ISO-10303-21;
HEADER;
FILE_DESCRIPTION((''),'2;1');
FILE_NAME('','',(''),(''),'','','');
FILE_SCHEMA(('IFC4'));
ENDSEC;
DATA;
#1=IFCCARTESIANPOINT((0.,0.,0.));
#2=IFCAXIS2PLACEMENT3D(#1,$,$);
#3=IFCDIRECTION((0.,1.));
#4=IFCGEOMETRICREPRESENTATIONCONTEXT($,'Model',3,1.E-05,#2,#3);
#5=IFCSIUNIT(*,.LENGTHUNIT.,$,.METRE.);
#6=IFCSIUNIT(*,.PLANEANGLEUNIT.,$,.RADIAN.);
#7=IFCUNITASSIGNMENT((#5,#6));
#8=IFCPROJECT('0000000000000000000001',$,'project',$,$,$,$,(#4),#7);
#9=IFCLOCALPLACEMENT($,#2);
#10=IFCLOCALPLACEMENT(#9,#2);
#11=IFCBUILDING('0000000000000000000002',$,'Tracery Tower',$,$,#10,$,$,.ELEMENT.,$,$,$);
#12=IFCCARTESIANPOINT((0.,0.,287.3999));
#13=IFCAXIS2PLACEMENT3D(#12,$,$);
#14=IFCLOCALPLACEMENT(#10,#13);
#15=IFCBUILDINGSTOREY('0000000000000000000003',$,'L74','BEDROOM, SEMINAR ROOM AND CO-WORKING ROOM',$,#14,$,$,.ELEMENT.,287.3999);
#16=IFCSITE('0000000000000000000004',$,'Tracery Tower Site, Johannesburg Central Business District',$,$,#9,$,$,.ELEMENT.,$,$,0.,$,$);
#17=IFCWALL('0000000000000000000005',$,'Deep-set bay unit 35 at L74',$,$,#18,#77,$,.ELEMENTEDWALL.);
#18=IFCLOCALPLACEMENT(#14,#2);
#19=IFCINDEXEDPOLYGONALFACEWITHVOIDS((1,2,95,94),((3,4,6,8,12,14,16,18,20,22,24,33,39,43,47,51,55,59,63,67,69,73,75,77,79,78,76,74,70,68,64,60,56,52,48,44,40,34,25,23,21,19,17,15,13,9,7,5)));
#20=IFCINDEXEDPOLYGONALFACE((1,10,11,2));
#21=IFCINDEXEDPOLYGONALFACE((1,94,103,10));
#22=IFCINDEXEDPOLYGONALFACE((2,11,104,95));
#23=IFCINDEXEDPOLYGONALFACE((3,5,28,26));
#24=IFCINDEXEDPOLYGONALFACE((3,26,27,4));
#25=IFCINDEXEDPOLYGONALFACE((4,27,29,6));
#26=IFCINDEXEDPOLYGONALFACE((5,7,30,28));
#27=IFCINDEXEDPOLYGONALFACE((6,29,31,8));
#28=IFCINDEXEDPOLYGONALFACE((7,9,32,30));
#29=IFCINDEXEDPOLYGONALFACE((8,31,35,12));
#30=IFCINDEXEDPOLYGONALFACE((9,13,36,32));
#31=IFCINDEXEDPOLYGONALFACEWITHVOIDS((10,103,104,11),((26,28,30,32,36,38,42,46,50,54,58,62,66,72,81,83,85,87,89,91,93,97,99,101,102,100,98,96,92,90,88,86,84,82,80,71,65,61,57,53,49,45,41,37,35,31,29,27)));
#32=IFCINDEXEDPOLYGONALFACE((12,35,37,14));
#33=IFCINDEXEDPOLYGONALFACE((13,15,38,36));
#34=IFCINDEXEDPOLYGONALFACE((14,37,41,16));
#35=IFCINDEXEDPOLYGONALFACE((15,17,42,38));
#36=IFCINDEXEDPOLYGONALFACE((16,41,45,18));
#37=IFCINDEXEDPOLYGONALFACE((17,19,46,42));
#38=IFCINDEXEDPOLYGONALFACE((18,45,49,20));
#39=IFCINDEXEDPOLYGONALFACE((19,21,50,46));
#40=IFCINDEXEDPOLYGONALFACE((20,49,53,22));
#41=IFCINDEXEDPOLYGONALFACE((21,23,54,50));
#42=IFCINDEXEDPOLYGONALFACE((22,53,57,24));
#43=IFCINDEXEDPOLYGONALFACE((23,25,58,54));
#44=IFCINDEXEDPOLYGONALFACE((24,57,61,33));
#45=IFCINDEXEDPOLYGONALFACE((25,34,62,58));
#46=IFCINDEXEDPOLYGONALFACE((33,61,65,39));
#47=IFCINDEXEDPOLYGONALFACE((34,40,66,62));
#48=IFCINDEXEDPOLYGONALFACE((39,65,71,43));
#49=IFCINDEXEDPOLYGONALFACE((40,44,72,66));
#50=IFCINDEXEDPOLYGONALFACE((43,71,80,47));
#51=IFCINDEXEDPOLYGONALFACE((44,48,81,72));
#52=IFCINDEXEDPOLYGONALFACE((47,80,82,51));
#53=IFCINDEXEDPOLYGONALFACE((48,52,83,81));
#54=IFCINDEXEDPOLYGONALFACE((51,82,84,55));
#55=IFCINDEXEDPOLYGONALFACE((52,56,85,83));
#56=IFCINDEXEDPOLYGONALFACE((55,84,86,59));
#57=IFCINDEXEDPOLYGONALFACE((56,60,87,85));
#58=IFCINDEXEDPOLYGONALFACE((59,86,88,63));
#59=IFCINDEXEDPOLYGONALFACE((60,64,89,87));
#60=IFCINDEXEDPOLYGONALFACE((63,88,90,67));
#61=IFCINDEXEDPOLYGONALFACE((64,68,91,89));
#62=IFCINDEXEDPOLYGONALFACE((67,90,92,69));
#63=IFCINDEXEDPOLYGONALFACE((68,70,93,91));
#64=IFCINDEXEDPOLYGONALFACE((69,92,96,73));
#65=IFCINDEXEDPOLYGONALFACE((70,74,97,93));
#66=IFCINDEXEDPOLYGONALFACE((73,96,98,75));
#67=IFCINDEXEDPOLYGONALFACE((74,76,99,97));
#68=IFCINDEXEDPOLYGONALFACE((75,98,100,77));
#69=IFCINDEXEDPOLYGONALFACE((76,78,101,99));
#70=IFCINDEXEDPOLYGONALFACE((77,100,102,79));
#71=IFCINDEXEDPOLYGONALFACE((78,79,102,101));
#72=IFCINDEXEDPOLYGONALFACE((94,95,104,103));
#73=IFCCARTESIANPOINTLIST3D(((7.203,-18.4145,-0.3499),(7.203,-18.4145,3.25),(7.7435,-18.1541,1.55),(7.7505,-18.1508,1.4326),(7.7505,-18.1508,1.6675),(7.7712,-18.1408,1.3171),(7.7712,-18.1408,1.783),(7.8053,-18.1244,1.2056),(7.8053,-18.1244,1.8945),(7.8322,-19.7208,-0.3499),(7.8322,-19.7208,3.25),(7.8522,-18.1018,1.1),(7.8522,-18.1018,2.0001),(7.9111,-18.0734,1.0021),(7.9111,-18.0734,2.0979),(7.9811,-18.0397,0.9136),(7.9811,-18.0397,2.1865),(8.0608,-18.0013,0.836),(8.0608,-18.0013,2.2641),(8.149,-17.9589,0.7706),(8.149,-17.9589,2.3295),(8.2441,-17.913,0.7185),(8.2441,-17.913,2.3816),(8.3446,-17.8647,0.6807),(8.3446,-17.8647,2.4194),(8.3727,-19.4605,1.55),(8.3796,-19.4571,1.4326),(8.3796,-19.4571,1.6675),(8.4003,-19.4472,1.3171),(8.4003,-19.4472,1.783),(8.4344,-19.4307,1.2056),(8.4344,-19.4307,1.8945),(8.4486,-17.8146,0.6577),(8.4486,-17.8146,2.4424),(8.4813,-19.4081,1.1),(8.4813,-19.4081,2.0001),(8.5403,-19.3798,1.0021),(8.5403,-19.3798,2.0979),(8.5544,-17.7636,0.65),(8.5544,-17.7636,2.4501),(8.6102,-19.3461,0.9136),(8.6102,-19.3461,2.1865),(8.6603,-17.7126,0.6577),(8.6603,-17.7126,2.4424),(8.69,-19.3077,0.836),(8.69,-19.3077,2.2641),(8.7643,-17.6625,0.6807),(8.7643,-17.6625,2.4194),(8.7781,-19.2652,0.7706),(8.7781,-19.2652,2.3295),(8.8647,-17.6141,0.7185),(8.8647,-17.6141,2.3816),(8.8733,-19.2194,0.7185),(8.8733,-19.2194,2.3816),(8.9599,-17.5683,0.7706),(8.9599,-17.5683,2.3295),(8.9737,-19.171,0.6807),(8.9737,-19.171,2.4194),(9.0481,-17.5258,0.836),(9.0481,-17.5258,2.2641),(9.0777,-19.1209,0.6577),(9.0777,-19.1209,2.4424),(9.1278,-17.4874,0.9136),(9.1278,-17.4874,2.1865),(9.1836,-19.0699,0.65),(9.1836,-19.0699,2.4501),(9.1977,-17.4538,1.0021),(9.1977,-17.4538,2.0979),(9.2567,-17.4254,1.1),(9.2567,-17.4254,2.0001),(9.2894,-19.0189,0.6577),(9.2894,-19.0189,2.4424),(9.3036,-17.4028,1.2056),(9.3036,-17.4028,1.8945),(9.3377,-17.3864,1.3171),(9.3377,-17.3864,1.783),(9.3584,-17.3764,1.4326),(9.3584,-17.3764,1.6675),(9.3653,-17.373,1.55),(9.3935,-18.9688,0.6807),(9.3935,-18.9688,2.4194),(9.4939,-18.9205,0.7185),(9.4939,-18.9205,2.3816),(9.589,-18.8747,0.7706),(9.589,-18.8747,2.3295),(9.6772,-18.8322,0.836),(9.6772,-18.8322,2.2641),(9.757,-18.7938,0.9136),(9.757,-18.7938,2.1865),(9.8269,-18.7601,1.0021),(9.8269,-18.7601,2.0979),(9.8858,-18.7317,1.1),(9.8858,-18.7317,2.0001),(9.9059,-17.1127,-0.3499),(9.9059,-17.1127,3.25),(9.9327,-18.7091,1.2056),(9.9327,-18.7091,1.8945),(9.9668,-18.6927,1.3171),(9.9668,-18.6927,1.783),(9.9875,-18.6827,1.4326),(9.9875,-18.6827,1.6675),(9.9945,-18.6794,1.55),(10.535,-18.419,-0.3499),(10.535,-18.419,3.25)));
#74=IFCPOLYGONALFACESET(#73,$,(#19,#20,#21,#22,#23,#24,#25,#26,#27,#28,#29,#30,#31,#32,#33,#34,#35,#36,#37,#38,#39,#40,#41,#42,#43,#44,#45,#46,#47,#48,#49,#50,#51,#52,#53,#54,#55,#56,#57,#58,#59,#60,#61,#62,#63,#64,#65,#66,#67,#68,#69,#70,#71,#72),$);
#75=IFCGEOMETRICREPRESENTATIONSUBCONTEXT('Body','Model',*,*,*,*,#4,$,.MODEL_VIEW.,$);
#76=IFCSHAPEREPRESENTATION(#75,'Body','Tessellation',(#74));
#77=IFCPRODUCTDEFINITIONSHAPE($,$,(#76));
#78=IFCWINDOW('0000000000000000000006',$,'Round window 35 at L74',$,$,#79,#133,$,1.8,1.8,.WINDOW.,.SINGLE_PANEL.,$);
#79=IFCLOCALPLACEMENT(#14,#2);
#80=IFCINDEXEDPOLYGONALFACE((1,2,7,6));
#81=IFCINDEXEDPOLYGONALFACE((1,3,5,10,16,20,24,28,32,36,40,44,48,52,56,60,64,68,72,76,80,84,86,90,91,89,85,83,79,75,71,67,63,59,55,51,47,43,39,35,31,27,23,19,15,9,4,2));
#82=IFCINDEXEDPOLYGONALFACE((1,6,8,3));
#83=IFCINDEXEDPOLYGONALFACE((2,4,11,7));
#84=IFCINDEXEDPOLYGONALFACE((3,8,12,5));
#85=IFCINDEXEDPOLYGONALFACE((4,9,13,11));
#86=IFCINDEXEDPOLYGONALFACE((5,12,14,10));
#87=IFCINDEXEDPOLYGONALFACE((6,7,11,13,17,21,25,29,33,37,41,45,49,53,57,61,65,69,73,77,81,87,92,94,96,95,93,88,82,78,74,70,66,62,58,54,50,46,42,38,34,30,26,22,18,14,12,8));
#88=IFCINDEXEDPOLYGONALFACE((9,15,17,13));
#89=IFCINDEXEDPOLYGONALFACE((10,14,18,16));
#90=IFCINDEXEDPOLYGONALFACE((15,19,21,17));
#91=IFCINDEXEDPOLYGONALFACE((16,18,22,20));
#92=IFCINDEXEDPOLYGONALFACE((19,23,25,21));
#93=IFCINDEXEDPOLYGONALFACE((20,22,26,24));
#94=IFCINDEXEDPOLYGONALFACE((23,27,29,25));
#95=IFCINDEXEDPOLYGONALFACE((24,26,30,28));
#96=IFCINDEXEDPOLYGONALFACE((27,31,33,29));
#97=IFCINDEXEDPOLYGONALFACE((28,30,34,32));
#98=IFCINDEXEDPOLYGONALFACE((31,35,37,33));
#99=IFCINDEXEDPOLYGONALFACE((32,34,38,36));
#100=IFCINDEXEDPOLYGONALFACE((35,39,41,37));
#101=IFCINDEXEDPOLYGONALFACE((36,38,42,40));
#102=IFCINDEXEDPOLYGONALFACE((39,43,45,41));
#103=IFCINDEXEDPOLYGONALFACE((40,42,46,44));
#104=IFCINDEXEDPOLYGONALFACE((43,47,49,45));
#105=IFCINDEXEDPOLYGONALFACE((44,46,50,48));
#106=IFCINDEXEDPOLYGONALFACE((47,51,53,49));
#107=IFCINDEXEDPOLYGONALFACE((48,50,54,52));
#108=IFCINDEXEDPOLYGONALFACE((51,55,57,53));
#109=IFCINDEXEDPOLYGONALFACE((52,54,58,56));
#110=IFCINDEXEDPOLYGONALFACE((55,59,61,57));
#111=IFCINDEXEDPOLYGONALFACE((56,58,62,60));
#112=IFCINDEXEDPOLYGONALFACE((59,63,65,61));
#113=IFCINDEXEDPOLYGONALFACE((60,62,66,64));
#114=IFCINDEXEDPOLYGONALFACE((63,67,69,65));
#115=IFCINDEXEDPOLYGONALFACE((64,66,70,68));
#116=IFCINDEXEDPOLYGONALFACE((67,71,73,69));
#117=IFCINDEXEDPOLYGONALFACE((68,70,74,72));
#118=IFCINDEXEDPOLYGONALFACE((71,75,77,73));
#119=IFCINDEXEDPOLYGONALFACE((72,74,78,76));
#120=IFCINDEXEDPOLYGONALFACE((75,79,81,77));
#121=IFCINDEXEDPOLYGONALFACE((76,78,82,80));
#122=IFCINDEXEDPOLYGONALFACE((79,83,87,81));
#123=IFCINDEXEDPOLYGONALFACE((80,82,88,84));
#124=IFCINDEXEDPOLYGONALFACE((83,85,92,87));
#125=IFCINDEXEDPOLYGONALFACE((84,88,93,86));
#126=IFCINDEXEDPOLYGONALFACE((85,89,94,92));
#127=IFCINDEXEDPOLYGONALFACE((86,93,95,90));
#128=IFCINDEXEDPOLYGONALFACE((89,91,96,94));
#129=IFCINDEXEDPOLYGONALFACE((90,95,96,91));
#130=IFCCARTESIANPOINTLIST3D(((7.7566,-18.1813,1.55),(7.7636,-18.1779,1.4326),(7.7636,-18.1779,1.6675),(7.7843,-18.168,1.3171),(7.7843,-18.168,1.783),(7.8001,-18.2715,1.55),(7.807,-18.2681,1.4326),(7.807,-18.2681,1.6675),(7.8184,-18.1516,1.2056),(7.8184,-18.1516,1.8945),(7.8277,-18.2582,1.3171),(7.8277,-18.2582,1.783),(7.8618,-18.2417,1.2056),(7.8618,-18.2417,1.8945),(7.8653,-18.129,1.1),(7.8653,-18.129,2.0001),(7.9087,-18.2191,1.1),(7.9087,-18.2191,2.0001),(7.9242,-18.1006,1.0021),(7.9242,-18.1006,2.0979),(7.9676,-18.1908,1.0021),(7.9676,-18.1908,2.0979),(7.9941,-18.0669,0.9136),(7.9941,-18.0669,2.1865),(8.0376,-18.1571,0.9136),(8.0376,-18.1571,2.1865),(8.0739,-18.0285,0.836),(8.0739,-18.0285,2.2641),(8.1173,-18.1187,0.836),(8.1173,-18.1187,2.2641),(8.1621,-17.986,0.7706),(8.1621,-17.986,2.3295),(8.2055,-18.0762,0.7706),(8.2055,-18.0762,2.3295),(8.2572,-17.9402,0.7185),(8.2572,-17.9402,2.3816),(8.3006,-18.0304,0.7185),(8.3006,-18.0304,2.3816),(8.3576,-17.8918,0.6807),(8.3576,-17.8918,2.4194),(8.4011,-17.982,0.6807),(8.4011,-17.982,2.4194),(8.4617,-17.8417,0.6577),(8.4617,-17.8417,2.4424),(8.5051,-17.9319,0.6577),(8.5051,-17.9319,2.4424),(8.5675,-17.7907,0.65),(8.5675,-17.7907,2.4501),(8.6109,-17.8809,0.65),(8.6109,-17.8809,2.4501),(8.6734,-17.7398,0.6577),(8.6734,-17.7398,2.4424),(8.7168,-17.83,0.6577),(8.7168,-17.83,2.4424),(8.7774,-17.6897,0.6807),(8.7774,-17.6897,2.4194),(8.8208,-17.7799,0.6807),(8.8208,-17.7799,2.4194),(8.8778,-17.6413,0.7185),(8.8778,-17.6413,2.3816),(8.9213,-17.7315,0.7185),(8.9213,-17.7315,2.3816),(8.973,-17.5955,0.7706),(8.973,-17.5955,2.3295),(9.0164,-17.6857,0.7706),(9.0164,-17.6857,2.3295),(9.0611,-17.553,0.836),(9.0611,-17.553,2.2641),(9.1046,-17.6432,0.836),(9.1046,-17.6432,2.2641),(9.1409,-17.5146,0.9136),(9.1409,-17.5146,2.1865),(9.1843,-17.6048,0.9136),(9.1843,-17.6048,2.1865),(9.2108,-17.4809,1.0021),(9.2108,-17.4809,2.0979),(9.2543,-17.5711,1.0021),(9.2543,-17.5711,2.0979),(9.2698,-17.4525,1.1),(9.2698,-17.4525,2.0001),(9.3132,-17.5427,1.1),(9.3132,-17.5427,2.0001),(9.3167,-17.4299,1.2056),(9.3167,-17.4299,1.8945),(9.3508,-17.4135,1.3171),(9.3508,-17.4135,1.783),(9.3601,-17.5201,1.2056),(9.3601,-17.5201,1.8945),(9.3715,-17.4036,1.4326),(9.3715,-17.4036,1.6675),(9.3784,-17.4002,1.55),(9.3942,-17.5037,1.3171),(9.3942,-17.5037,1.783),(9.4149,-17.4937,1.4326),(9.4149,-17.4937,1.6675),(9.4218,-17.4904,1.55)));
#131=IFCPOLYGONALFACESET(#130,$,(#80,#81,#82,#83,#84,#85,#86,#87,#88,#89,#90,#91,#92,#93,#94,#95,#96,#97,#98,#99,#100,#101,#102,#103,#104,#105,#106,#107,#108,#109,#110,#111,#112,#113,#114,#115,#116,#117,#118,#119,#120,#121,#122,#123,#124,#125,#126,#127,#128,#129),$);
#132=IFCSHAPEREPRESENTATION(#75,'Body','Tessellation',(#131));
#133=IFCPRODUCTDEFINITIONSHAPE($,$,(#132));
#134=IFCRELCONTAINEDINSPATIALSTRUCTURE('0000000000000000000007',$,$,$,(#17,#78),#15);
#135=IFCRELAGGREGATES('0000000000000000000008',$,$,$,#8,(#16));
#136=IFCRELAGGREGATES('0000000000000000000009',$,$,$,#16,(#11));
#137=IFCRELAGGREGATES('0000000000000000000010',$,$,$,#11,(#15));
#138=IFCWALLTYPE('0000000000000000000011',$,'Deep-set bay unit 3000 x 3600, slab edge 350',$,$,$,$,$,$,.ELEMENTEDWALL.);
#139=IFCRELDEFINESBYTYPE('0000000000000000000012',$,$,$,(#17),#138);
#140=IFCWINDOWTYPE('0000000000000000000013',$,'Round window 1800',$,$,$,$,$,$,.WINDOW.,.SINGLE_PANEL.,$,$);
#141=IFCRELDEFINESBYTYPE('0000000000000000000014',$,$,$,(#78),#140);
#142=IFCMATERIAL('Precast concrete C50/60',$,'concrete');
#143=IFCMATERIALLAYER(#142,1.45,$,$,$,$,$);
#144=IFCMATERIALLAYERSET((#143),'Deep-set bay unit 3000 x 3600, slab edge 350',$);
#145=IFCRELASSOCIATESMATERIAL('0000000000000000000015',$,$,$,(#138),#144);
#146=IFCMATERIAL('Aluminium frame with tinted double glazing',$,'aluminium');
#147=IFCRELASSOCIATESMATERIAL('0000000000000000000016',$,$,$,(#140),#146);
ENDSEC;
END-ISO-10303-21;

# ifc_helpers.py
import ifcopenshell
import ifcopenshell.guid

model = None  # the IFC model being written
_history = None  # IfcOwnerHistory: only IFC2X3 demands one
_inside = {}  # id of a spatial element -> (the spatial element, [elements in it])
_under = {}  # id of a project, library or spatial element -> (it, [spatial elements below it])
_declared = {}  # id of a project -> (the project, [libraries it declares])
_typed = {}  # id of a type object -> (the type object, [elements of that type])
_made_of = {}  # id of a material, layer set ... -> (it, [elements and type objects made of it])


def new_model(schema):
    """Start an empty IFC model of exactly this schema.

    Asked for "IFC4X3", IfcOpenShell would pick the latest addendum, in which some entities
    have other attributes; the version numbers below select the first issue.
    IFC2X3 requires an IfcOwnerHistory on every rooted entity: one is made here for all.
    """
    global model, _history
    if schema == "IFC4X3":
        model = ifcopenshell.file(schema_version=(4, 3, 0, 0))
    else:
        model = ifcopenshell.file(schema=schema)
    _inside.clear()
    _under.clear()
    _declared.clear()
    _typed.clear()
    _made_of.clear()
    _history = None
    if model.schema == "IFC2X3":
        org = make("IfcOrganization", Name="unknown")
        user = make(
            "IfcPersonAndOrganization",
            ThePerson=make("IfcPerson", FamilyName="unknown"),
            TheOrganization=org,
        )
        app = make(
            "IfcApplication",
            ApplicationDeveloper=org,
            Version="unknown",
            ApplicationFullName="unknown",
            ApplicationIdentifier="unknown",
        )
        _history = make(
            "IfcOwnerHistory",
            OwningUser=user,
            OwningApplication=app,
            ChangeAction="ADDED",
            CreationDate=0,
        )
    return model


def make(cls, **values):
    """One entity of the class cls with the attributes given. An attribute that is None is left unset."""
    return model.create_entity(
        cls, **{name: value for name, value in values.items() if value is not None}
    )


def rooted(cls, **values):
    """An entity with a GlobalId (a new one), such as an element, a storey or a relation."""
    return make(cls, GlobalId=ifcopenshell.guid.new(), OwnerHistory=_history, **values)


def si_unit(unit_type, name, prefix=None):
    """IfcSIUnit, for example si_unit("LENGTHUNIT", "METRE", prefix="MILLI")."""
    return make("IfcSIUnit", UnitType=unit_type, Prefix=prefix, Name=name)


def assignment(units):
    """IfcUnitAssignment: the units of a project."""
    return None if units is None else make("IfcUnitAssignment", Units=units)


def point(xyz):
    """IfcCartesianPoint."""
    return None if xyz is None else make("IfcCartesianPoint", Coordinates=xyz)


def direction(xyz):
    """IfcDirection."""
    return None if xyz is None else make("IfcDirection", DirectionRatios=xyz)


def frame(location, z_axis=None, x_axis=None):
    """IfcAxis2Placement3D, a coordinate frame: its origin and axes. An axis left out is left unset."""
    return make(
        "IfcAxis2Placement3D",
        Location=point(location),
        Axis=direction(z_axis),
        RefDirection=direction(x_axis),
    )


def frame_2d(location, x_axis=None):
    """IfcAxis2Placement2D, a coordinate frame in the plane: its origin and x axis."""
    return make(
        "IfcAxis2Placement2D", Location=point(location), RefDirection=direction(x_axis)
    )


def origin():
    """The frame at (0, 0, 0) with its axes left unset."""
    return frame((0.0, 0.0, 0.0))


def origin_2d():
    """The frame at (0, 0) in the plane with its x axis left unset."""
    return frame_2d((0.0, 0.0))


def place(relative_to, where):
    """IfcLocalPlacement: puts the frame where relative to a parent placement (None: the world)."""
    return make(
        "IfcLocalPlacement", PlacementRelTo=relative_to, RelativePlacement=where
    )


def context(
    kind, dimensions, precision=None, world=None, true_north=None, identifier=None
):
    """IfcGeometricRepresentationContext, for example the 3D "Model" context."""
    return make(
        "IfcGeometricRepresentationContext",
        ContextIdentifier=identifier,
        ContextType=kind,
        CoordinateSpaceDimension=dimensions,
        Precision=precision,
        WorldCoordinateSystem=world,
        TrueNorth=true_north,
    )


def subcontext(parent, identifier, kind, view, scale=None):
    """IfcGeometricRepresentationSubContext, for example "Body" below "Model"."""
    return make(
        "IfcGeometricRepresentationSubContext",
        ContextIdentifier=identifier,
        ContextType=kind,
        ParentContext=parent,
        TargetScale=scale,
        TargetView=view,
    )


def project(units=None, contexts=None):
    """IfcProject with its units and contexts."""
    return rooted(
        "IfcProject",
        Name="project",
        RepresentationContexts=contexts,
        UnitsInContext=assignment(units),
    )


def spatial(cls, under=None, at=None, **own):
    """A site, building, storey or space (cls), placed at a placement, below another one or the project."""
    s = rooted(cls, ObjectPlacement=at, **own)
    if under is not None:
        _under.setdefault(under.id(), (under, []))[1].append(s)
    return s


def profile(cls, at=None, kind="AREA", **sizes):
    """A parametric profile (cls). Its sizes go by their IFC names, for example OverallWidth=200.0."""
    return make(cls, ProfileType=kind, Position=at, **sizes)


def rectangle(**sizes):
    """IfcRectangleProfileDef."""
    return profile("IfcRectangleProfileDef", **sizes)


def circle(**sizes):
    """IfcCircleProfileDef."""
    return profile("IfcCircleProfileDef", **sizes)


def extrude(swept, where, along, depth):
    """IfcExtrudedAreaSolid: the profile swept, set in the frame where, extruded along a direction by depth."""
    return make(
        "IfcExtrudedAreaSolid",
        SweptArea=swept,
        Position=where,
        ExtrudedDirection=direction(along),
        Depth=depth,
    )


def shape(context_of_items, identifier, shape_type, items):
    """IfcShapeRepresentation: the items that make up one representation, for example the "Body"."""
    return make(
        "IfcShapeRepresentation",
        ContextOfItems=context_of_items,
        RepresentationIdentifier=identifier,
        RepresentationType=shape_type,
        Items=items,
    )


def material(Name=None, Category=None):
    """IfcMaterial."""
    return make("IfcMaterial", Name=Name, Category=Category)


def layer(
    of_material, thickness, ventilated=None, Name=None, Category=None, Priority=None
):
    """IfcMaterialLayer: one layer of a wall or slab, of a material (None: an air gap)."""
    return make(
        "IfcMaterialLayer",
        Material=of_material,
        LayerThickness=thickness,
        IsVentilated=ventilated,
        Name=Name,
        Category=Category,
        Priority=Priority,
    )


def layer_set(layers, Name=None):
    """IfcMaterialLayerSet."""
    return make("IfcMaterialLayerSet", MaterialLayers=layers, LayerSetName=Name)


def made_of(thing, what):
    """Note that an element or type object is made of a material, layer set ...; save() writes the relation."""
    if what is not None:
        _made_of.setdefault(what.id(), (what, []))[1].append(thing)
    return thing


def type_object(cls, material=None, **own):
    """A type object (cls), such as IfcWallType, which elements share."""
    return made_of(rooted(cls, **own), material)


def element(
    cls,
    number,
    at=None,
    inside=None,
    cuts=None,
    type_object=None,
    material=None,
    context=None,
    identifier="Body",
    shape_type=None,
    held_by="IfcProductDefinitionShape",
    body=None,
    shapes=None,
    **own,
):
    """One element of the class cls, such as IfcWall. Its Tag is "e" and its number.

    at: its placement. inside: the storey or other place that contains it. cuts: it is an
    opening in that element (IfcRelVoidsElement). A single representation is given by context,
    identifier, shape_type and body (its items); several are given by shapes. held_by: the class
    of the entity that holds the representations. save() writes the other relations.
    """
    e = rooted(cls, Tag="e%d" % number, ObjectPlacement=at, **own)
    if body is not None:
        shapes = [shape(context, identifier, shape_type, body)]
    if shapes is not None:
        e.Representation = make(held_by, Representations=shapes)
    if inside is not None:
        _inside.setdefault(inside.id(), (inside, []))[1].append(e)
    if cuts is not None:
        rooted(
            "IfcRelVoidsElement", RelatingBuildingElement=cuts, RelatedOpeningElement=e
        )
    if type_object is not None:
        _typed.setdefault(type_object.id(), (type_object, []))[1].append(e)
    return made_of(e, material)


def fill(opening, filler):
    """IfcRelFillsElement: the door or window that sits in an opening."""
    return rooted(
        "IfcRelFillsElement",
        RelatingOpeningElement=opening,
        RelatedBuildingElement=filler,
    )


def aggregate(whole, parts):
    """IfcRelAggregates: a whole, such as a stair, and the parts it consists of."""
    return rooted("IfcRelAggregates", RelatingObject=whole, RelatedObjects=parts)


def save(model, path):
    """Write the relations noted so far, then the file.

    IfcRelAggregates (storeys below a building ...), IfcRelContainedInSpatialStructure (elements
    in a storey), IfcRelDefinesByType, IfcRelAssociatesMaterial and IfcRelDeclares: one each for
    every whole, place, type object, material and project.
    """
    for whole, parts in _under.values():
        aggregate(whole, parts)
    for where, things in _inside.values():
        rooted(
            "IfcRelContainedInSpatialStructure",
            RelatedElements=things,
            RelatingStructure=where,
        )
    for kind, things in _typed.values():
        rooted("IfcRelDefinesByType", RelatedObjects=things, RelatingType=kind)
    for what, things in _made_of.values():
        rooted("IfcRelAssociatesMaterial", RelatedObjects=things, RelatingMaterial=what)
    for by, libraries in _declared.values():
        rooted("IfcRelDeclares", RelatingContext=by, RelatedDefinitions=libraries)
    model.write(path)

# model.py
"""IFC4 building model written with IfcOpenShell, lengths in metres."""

from ifc_helpers import new_model, si_unit, direction, frame, frame_2d, origin, origin_2d, place, context, subcontext, project, spatial, rectangle, circle, extrude, material, layer, layer_set, type_object, element, fill, save


model = new_model("IFC4")

# Units and contexts
model_context = context("Model", 3, precision=1e-05, world=origin(), true_north=direction((0.0, 1.0)))
body_context = subcontext(model_context, "Body", "Model", "MODEL_VIEW")
ifc_project = project(units=[si_unit("LENGTHUNIT", "METRE"), si_unit("PLANEANGLEUNIT", "RADIAN")], contexts=[model_context])

# Site, building, storey
site_placement = place(None, origin())
site = spatial("IfcSite", under=ifc_project, at=site_placement, Name="Tracery Tower Site, Johannesburg Central Business District", CompositionType="ELEMENT", RefElevation=0.0)
building_placement = place(site_placement, origin())
building = spatial("IfcBuilding", under=site, at=building_placement, Name="Tracery Tower", CompositionType="ELEMENT")
storey_placement = place(building_placement, frame((0.0, 0.0, 287.3999)))
storey = spatial("IfcBuildingStorey", under=building, at=storey_placement, Name="L74", Description="BEDROOM, SEMINAR ROOM AND CO-WORKING ROOM", CompositionType="ELEMENT", Elevation=287.3999)

# Wall, opening, window
ifc_material_1 = material(Name="Precast concrete C50/60", Category="concrete")
ifc_layer_1 = layer(ifc_material_1, 1.45)
ifc_layer_set_1 = layer_set([ifc_layer_1], Name="Deep-set bay unit 3000 x 3600, slab edge 350")
wall_type_1 = type_object("IfcWallType", Name="Deep-set bay unit 3000 x 3600, slab edge 350", PredefinedType="ELEMENTEDWALL", material=ifc_layer_set_1)
wall_1_placement = place(storey_placement, frame((7.5176, -19.0676, -0.3499), z_axis=(0.0, 0.0, 1.0), x_axis=(0.900953, 0.433916, 0.0)))
wall_1 = element("IfcWall", 1, at=wall_1_placement, inside=storey, type_object=wall_type_1, Name="Deep-set bay unit 35 at L74", PredefinedType="ELEMENTEDWALL", context=body_context, shape_type="SweptSolid", body=[
    extrude(rectangle(XDim=3.0, YDim=1.45, at=frame_2d((1.5, 0.0))), origin(), (0.0, 0.0, 1.0), 3.5999),
])
opening_1_placement = place(wall_1_placement, frame((1.5, 0.0, 1.8999)))
opening_1 = element("IfcOpeningElement", 2, at=opening_1_placement, cuts=wall_1, PredefinedType="OPENING", context=body_context, shape_type="SweptSolid", body=[
    extrude(circle(Radius=0.9, at=origin_2d()), frame((0.0, 0.7349, 0.0), z_axis=(0.0, -1.0, 0.0), x_axis=(1.0, 0.0, 0.0)), (0.0, 0.0, 1.0), 1.47),
])
ifc_material_2 = material(Name="Aluminium frame with tinted double glazing", Category="aluminium")
window_type = type_object("IfcWindowType", Name="Round window 1800", PartitioningType="SINGLE_PANEL", PredefinedType="WINDOW", material=ifc_material_2)
window_1_placement = place(opening_1_placement, origin())
window_1 = element("IfcWindow", 3, at=window_1_placement, inside=storey, type_object=window_type, Name="Round window 35 at L74", OverallHeight=1.8, OverallWidth=1.8, PartitioningType="SINGLE_PANEL", PredefinedType="WINDOW", context=body_context, shape_type="SweptSolid", body=[
    extrude(circle(Radius=0.9, at=origin_2d()), frame((0.0, 0.6948, 0.0), z_axis=(0.0, -1.0, 0.0), x_axis=(1.0, 0.0, 0.0)), (0.0, 0.0, 1.0), 0.1001),
])
fill(opening_1, window_1)

save(model, "model.ifc")
